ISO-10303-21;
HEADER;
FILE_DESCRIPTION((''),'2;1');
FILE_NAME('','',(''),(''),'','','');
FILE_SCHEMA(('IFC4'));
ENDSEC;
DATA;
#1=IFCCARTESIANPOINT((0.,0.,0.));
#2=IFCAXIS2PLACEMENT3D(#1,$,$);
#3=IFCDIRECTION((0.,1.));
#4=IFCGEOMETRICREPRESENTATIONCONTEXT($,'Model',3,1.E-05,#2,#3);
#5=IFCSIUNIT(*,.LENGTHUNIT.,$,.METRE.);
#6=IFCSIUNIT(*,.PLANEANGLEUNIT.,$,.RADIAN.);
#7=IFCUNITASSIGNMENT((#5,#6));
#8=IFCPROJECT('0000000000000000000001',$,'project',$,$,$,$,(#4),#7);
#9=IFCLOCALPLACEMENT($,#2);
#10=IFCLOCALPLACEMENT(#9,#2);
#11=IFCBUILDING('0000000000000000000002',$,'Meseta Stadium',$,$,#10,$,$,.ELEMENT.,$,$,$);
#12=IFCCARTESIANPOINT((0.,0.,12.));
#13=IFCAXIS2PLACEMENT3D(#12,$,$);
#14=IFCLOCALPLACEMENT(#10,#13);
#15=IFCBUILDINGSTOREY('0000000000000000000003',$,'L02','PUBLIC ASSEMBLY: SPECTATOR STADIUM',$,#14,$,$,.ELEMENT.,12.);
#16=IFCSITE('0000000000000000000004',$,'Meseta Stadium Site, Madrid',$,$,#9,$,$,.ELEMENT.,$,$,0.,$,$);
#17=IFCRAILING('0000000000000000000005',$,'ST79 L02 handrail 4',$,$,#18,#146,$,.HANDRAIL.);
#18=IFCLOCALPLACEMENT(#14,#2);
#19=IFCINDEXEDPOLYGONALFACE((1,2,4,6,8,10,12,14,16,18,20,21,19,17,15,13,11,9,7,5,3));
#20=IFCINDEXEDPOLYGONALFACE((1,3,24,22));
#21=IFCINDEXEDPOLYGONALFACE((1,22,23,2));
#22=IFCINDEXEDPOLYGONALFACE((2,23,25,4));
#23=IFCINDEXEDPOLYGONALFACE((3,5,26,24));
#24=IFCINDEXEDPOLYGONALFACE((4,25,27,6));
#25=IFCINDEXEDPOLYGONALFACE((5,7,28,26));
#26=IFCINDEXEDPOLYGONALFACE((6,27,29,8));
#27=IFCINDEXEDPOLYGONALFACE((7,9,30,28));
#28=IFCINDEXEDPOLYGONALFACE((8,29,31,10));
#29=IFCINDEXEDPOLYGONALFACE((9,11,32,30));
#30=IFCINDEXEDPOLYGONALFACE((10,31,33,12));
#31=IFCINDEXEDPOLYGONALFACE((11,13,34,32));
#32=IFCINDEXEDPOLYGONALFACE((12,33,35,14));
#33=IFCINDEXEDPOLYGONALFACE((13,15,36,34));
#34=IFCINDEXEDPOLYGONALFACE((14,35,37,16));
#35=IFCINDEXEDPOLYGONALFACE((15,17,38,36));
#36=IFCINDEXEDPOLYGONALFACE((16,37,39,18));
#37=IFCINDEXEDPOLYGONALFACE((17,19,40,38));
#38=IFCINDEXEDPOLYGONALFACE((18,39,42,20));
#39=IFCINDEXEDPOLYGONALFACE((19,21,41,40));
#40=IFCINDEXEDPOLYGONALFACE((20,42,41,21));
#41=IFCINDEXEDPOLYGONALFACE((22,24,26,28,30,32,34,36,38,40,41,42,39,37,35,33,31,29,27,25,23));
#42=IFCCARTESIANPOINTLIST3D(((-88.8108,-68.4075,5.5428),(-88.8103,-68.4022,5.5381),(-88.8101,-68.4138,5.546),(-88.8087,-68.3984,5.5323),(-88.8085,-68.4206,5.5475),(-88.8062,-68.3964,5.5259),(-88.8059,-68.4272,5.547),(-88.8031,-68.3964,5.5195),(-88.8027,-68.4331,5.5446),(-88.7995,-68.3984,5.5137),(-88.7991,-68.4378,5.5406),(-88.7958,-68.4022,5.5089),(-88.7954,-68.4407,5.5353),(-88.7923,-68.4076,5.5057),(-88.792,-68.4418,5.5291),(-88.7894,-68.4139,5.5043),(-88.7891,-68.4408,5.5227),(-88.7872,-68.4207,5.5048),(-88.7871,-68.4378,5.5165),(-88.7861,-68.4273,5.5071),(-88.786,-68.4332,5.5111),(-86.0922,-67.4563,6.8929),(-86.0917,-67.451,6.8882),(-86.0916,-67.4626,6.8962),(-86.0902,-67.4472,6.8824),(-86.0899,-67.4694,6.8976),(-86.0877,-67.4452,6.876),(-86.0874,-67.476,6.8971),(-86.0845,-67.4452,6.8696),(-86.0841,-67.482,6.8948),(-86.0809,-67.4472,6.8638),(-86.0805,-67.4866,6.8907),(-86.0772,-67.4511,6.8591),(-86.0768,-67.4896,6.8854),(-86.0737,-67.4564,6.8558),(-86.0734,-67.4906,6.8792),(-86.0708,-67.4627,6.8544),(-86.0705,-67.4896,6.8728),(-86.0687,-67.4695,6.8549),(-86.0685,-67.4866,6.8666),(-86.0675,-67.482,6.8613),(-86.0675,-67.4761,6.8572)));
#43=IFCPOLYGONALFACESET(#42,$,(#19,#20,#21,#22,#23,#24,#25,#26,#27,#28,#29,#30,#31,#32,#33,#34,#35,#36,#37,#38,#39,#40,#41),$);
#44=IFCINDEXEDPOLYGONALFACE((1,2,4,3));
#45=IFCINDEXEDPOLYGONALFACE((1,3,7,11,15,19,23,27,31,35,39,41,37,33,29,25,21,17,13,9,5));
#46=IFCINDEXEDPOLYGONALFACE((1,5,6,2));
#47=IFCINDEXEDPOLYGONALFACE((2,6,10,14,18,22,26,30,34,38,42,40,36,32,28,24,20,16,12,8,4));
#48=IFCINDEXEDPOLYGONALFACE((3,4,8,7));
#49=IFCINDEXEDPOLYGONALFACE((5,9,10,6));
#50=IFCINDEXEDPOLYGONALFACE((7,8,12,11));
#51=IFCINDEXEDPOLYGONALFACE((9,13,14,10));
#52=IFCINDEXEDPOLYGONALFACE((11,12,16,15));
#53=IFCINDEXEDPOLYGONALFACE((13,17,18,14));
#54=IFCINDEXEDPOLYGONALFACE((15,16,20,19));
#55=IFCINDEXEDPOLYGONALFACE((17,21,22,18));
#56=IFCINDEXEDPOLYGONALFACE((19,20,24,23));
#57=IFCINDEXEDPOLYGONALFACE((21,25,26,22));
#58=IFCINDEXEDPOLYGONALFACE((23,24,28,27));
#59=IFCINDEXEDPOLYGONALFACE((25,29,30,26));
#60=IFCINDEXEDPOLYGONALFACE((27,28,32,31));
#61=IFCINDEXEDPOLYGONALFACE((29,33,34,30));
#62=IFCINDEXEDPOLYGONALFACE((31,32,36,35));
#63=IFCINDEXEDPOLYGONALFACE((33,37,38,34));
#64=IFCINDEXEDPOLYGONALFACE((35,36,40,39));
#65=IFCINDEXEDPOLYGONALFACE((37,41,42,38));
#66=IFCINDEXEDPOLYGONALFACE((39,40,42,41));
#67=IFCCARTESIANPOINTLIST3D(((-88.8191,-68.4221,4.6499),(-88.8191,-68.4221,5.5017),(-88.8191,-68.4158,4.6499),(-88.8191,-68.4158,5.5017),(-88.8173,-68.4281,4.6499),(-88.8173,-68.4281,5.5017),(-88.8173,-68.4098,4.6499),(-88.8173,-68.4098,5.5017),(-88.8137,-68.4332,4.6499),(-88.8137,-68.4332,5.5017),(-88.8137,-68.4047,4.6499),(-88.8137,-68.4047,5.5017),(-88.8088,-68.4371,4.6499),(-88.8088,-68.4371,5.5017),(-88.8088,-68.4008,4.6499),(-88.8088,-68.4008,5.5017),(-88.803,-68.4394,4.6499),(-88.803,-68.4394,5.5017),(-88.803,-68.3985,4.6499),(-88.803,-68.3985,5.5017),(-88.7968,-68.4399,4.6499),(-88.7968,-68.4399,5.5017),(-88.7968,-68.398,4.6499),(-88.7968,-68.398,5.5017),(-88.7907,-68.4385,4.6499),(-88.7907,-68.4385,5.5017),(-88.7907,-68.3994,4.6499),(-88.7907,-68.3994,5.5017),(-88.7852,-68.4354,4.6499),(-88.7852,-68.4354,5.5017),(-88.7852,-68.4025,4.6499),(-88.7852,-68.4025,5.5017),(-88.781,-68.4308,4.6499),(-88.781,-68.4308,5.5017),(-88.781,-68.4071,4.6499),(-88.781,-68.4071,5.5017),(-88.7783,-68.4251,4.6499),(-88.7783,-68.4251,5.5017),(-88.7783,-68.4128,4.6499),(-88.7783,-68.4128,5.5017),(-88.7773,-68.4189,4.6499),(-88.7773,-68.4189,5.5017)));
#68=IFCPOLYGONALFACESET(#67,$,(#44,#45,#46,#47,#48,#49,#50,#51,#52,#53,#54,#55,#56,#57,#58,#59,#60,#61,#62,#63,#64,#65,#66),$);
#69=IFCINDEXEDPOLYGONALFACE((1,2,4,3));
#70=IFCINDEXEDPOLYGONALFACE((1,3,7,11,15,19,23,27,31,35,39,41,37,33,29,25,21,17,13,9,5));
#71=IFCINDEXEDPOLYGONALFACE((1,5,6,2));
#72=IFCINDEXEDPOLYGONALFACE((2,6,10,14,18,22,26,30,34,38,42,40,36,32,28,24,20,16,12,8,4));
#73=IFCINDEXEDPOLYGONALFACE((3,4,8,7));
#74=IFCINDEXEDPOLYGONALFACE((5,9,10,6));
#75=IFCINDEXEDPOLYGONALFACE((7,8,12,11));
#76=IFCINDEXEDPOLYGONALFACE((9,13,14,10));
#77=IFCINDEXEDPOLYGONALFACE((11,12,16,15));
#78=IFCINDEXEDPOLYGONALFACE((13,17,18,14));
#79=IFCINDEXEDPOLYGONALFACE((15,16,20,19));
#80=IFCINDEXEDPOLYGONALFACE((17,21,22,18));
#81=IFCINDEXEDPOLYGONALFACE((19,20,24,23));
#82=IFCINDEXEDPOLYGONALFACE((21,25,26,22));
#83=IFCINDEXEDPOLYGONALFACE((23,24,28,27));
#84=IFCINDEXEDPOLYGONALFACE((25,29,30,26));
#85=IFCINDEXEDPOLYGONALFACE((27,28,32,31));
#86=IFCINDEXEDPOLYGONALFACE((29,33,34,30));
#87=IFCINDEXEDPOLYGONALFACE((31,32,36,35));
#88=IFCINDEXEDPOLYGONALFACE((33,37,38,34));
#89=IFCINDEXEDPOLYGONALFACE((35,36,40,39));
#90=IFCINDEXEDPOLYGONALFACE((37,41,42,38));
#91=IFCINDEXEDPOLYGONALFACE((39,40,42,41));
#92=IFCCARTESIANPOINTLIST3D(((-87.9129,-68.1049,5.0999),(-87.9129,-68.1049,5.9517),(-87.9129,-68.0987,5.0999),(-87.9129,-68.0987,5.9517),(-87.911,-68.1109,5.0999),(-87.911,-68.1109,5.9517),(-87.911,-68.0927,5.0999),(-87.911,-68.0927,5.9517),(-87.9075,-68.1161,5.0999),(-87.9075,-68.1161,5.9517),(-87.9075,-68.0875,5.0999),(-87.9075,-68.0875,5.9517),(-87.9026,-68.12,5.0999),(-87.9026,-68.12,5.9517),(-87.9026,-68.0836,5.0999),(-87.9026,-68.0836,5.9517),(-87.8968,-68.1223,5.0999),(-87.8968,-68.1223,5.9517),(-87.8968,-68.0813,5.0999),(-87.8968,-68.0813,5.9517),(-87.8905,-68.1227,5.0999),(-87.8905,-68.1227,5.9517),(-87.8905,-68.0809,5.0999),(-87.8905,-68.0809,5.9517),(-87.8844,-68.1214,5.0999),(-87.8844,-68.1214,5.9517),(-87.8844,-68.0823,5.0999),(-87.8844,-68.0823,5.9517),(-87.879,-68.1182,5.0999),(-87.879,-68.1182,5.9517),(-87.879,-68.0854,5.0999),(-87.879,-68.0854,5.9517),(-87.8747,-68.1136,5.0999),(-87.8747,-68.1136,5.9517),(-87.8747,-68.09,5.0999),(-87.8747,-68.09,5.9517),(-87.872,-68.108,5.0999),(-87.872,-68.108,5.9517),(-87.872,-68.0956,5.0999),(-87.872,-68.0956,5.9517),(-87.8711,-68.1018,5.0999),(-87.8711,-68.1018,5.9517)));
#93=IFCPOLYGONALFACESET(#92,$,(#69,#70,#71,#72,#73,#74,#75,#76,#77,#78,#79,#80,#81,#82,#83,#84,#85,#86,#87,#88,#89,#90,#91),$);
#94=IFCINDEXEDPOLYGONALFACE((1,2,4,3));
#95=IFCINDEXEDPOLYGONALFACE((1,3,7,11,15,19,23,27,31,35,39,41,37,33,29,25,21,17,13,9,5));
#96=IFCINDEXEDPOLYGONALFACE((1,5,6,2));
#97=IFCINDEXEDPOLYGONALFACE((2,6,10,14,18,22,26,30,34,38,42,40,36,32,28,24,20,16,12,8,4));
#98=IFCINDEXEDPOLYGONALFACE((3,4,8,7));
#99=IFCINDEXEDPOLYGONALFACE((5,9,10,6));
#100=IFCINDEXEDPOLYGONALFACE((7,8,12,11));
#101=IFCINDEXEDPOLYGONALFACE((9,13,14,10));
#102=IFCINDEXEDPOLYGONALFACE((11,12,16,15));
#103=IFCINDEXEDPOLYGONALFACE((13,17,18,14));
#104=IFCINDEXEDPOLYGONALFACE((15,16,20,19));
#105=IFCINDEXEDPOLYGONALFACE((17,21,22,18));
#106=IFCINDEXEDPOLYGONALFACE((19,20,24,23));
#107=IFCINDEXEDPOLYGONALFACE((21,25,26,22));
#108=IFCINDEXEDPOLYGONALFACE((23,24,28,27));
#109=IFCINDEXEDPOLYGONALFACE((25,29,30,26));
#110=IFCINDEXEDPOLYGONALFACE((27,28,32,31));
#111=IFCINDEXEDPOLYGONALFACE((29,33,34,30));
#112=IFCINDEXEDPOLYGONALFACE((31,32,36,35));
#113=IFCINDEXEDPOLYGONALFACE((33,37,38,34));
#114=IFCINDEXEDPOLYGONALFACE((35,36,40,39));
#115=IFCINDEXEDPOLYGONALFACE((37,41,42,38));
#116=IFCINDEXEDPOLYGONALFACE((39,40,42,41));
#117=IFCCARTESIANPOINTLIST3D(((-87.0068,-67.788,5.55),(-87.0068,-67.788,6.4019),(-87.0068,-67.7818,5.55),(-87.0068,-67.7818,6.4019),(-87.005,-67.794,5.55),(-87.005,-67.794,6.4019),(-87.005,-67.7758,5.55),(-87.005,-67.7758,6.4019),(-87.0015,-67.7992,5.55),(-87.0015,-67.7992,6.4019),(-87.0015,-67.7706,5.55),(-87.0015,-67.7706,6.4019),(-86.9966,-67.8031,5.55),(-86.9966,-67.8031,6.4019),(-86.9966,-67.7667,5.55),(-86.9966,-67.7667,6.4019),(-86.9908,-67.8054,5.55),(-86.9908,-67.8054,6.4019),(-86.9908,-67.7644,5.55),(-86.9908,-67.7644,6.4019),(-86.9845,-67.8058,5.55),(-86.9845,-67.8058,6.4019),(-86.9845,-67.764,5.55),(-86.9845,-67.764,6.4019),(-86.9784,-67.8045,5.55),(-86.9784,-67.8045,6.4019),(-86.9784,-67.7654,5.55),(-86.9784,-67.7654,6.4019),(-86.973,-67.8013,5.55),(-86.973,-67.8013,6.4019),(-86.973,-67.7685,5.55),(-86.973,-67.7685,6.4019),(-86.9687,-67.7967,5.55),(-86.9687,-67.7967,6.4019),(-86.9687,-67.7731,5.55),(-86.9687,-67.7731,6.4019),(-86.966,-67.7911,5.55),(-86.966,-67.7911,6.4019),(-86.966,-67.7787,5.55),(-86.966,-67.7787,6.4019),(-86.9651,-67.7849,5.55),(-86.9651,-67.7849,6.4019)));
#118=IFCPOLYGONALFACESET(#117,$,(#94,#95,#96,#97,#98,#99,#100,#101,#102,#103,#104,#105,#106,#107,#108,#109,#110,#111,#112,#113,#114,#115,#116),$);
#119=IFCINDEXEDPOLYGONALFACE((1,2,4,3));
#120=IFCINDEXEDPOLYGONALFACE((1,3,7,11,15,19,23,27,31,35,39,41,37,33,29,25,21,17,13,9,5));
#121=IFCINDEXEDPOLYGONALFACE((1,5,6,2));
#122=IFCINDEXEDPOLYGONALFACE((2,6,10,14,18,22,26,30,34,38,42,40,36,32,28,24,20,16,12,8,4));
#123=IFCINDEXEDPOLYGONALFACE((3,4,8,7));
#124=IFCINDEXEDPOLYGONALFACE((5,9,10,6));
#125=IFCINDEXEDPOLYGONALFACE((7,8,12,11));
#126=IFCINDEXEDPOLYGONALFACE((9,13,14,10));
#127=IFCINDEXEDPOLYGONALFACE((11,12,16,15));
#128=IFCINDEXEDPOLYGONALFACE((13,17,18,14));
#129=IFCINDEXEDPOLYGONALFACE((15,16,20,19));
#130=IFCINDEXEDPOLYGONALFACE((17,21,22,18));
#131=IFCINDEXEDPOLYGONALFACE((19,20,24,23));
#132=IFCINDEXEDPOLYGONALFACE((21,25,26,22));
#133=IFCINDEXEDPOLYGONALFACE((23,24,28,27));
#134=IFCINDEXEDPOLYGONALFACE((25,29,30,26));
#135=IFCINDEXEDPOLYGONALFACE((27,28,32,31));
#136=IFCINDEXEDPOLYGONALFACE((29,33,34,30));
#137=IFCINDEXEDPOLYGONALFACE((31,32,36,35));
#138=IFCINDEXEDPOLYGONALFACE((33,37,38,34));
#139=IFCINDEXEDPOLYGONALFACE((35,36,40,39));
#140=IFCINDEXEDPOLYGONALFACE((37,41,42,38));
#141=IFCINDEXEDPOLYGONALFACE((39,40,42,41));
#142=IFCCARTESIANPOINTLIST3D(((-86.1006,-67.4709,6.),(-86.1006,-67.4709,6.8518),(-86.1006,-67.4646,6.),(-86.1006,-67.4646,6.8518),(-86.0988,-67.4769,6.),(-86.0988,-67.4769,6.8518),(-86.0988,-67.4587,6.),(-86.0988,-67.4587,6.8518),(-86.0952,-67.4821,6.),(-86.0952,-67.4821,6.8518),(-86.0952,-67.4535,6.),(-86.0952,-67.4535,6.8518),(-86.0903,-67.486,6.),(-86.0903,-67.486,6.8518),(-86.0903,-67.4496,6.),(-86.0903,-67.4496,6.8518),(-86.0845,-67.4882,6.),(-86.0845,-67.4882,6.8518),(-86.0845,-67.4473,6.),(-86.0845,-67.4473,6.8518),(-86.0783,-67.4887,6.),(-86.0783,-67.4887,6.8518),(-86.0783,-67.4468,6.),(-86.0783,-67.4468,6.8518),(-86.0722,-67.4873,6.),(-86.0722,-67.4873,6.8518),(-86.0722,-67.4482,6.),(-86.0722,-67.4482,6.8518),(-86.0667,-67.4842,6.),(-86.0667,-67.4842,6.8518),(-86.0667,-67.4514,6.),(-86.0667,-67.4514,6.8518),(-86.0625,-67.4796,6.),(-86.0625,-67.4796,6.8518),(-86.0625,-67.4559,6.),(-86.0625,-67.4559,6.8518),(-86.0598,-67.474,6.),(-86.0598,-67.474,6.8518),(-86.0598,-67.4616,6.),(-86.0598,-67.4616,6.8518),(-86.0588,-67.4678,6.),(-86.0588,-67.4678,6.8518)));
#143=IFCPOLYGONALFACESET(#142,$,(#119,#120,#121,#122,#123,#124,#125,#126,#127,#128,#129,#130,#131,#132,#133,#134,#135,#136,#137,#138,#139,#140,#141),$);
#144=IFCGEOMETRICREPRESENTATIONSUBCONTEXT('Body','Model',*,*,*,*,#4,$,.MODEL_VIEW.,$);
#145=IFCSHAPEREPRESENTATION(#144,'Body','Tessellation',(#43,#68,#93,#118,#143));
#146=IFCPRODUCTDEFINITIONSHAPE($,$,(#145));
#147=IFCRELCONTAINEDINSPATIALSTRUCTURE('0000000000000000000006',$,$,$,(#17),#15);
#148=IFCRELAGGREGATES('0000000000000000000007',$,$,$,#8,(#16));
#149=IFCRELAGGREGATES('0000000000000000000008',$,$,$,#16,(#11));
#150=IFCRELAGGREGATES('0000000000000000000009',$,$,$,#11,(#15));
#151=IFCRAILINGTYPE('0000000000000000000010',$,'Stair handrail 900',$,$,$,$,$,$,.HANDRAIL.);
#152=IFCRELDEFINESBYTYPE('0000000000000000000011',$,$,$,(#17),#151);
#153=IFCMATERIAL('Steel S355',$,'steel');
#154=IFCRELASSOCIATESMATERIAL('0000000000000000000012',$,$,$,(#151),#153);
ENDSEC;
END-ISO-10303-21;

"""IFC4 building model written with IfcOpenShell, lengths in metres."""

from ifc_helpers import new_model, si_unit, direction, frame, origin, origin_2d, place, context, subcontext, project, spatial, circle, extrude, material, type_object, element, save


model = new_model("IFC4")

# Units and contexts
model_context = context("Model", 3, precision=1e-05, world=origin(), true_north=direction((0.0, 1.0)))
body_context = subcontext(model_context, "Body", "Model", "MODEL_VIEW")
ifc_project = project(units=[si_unit("LENGTHUNIT", "METRE"), si_unit("PLANEANGLEUNIT", "RADIAN")], contexts=[model_context])

# Site, building, storey
site_placement = place(None, origin())
site = spatial("IfcSite", under=ifc_project, at=site_placement, Name="Meseta Stadium Site, Madrid", CompositionType="ELEMENT", RefElevation=0.0)
building_placement = place(site_placement, origin())
building = spatial("IfcBuilding", under=site, at=building_placement, Name="Meseta Stadium", CompositionType="ELEMENT")
storey_placement = place(building_placement, frame((0.0, 0.0, 12.0)))
storey = spatial("IfcBuildingStorey", under=building, at=storey_placement, Name="L02", Description="PUBLIC ASSEMBLY: SPECTATOR STADIUM", CompositionType="ELEMENT", Elevation=12.0)

# Railing
ifc_material_1 = material(Name="Steel S355", Category="steel")
railing_type_1 = type_object("IfcRailingType", Name="Stair handrail 900", PredefinedType="HANDRAIL", material=ifc_material_1)
for number, where, name in (
    (1, (-88.7983, -68.4189, 4.6499), "ST79 L02 handrail 4"),
):
    element("IfcRailing", number, at=place(storey_placement, frame(where)), inside=storey, type_object=railing_type_1, Name=name, PredefinedType="HANDRAIL", context=body_context, shape_type="SweptSolid", body=[
        extrude(circle(Radius=0.0239, at=origin_2d()), frame((0.0, 0.0, 0.876), z_axis=(0.854649, 0.299031, 0.424446), x_axis=(-0.330256, 0.943891, 0.0)), (0.0, 0.0, 1.0), 3.1809),
        extrude(circle(Radius=0.021, at=origin_2d()), origin(), (0.0, 0.0, 1.0), 0.8518),
        extrude(circle(Radius=0.021, at=origin_2d()), frame((0.9062, 0.3171, 0.45)), (0.0, 0.0, 1.0), 0.8518),
        extrude(circle(Radius=0.021, at=origin_2d()), frame((1.8123, 0.634, 0.9001)), (0.0, 0.0, 1.0), 0.8518),
        extrude(circle(Radius=0.021, at=origin_2d()), frame((2.7185, 0.9512, 1.3501)), (0.0, 0.0, 1.0), 0.8518),
    ])

save(model, "model.ifc")
